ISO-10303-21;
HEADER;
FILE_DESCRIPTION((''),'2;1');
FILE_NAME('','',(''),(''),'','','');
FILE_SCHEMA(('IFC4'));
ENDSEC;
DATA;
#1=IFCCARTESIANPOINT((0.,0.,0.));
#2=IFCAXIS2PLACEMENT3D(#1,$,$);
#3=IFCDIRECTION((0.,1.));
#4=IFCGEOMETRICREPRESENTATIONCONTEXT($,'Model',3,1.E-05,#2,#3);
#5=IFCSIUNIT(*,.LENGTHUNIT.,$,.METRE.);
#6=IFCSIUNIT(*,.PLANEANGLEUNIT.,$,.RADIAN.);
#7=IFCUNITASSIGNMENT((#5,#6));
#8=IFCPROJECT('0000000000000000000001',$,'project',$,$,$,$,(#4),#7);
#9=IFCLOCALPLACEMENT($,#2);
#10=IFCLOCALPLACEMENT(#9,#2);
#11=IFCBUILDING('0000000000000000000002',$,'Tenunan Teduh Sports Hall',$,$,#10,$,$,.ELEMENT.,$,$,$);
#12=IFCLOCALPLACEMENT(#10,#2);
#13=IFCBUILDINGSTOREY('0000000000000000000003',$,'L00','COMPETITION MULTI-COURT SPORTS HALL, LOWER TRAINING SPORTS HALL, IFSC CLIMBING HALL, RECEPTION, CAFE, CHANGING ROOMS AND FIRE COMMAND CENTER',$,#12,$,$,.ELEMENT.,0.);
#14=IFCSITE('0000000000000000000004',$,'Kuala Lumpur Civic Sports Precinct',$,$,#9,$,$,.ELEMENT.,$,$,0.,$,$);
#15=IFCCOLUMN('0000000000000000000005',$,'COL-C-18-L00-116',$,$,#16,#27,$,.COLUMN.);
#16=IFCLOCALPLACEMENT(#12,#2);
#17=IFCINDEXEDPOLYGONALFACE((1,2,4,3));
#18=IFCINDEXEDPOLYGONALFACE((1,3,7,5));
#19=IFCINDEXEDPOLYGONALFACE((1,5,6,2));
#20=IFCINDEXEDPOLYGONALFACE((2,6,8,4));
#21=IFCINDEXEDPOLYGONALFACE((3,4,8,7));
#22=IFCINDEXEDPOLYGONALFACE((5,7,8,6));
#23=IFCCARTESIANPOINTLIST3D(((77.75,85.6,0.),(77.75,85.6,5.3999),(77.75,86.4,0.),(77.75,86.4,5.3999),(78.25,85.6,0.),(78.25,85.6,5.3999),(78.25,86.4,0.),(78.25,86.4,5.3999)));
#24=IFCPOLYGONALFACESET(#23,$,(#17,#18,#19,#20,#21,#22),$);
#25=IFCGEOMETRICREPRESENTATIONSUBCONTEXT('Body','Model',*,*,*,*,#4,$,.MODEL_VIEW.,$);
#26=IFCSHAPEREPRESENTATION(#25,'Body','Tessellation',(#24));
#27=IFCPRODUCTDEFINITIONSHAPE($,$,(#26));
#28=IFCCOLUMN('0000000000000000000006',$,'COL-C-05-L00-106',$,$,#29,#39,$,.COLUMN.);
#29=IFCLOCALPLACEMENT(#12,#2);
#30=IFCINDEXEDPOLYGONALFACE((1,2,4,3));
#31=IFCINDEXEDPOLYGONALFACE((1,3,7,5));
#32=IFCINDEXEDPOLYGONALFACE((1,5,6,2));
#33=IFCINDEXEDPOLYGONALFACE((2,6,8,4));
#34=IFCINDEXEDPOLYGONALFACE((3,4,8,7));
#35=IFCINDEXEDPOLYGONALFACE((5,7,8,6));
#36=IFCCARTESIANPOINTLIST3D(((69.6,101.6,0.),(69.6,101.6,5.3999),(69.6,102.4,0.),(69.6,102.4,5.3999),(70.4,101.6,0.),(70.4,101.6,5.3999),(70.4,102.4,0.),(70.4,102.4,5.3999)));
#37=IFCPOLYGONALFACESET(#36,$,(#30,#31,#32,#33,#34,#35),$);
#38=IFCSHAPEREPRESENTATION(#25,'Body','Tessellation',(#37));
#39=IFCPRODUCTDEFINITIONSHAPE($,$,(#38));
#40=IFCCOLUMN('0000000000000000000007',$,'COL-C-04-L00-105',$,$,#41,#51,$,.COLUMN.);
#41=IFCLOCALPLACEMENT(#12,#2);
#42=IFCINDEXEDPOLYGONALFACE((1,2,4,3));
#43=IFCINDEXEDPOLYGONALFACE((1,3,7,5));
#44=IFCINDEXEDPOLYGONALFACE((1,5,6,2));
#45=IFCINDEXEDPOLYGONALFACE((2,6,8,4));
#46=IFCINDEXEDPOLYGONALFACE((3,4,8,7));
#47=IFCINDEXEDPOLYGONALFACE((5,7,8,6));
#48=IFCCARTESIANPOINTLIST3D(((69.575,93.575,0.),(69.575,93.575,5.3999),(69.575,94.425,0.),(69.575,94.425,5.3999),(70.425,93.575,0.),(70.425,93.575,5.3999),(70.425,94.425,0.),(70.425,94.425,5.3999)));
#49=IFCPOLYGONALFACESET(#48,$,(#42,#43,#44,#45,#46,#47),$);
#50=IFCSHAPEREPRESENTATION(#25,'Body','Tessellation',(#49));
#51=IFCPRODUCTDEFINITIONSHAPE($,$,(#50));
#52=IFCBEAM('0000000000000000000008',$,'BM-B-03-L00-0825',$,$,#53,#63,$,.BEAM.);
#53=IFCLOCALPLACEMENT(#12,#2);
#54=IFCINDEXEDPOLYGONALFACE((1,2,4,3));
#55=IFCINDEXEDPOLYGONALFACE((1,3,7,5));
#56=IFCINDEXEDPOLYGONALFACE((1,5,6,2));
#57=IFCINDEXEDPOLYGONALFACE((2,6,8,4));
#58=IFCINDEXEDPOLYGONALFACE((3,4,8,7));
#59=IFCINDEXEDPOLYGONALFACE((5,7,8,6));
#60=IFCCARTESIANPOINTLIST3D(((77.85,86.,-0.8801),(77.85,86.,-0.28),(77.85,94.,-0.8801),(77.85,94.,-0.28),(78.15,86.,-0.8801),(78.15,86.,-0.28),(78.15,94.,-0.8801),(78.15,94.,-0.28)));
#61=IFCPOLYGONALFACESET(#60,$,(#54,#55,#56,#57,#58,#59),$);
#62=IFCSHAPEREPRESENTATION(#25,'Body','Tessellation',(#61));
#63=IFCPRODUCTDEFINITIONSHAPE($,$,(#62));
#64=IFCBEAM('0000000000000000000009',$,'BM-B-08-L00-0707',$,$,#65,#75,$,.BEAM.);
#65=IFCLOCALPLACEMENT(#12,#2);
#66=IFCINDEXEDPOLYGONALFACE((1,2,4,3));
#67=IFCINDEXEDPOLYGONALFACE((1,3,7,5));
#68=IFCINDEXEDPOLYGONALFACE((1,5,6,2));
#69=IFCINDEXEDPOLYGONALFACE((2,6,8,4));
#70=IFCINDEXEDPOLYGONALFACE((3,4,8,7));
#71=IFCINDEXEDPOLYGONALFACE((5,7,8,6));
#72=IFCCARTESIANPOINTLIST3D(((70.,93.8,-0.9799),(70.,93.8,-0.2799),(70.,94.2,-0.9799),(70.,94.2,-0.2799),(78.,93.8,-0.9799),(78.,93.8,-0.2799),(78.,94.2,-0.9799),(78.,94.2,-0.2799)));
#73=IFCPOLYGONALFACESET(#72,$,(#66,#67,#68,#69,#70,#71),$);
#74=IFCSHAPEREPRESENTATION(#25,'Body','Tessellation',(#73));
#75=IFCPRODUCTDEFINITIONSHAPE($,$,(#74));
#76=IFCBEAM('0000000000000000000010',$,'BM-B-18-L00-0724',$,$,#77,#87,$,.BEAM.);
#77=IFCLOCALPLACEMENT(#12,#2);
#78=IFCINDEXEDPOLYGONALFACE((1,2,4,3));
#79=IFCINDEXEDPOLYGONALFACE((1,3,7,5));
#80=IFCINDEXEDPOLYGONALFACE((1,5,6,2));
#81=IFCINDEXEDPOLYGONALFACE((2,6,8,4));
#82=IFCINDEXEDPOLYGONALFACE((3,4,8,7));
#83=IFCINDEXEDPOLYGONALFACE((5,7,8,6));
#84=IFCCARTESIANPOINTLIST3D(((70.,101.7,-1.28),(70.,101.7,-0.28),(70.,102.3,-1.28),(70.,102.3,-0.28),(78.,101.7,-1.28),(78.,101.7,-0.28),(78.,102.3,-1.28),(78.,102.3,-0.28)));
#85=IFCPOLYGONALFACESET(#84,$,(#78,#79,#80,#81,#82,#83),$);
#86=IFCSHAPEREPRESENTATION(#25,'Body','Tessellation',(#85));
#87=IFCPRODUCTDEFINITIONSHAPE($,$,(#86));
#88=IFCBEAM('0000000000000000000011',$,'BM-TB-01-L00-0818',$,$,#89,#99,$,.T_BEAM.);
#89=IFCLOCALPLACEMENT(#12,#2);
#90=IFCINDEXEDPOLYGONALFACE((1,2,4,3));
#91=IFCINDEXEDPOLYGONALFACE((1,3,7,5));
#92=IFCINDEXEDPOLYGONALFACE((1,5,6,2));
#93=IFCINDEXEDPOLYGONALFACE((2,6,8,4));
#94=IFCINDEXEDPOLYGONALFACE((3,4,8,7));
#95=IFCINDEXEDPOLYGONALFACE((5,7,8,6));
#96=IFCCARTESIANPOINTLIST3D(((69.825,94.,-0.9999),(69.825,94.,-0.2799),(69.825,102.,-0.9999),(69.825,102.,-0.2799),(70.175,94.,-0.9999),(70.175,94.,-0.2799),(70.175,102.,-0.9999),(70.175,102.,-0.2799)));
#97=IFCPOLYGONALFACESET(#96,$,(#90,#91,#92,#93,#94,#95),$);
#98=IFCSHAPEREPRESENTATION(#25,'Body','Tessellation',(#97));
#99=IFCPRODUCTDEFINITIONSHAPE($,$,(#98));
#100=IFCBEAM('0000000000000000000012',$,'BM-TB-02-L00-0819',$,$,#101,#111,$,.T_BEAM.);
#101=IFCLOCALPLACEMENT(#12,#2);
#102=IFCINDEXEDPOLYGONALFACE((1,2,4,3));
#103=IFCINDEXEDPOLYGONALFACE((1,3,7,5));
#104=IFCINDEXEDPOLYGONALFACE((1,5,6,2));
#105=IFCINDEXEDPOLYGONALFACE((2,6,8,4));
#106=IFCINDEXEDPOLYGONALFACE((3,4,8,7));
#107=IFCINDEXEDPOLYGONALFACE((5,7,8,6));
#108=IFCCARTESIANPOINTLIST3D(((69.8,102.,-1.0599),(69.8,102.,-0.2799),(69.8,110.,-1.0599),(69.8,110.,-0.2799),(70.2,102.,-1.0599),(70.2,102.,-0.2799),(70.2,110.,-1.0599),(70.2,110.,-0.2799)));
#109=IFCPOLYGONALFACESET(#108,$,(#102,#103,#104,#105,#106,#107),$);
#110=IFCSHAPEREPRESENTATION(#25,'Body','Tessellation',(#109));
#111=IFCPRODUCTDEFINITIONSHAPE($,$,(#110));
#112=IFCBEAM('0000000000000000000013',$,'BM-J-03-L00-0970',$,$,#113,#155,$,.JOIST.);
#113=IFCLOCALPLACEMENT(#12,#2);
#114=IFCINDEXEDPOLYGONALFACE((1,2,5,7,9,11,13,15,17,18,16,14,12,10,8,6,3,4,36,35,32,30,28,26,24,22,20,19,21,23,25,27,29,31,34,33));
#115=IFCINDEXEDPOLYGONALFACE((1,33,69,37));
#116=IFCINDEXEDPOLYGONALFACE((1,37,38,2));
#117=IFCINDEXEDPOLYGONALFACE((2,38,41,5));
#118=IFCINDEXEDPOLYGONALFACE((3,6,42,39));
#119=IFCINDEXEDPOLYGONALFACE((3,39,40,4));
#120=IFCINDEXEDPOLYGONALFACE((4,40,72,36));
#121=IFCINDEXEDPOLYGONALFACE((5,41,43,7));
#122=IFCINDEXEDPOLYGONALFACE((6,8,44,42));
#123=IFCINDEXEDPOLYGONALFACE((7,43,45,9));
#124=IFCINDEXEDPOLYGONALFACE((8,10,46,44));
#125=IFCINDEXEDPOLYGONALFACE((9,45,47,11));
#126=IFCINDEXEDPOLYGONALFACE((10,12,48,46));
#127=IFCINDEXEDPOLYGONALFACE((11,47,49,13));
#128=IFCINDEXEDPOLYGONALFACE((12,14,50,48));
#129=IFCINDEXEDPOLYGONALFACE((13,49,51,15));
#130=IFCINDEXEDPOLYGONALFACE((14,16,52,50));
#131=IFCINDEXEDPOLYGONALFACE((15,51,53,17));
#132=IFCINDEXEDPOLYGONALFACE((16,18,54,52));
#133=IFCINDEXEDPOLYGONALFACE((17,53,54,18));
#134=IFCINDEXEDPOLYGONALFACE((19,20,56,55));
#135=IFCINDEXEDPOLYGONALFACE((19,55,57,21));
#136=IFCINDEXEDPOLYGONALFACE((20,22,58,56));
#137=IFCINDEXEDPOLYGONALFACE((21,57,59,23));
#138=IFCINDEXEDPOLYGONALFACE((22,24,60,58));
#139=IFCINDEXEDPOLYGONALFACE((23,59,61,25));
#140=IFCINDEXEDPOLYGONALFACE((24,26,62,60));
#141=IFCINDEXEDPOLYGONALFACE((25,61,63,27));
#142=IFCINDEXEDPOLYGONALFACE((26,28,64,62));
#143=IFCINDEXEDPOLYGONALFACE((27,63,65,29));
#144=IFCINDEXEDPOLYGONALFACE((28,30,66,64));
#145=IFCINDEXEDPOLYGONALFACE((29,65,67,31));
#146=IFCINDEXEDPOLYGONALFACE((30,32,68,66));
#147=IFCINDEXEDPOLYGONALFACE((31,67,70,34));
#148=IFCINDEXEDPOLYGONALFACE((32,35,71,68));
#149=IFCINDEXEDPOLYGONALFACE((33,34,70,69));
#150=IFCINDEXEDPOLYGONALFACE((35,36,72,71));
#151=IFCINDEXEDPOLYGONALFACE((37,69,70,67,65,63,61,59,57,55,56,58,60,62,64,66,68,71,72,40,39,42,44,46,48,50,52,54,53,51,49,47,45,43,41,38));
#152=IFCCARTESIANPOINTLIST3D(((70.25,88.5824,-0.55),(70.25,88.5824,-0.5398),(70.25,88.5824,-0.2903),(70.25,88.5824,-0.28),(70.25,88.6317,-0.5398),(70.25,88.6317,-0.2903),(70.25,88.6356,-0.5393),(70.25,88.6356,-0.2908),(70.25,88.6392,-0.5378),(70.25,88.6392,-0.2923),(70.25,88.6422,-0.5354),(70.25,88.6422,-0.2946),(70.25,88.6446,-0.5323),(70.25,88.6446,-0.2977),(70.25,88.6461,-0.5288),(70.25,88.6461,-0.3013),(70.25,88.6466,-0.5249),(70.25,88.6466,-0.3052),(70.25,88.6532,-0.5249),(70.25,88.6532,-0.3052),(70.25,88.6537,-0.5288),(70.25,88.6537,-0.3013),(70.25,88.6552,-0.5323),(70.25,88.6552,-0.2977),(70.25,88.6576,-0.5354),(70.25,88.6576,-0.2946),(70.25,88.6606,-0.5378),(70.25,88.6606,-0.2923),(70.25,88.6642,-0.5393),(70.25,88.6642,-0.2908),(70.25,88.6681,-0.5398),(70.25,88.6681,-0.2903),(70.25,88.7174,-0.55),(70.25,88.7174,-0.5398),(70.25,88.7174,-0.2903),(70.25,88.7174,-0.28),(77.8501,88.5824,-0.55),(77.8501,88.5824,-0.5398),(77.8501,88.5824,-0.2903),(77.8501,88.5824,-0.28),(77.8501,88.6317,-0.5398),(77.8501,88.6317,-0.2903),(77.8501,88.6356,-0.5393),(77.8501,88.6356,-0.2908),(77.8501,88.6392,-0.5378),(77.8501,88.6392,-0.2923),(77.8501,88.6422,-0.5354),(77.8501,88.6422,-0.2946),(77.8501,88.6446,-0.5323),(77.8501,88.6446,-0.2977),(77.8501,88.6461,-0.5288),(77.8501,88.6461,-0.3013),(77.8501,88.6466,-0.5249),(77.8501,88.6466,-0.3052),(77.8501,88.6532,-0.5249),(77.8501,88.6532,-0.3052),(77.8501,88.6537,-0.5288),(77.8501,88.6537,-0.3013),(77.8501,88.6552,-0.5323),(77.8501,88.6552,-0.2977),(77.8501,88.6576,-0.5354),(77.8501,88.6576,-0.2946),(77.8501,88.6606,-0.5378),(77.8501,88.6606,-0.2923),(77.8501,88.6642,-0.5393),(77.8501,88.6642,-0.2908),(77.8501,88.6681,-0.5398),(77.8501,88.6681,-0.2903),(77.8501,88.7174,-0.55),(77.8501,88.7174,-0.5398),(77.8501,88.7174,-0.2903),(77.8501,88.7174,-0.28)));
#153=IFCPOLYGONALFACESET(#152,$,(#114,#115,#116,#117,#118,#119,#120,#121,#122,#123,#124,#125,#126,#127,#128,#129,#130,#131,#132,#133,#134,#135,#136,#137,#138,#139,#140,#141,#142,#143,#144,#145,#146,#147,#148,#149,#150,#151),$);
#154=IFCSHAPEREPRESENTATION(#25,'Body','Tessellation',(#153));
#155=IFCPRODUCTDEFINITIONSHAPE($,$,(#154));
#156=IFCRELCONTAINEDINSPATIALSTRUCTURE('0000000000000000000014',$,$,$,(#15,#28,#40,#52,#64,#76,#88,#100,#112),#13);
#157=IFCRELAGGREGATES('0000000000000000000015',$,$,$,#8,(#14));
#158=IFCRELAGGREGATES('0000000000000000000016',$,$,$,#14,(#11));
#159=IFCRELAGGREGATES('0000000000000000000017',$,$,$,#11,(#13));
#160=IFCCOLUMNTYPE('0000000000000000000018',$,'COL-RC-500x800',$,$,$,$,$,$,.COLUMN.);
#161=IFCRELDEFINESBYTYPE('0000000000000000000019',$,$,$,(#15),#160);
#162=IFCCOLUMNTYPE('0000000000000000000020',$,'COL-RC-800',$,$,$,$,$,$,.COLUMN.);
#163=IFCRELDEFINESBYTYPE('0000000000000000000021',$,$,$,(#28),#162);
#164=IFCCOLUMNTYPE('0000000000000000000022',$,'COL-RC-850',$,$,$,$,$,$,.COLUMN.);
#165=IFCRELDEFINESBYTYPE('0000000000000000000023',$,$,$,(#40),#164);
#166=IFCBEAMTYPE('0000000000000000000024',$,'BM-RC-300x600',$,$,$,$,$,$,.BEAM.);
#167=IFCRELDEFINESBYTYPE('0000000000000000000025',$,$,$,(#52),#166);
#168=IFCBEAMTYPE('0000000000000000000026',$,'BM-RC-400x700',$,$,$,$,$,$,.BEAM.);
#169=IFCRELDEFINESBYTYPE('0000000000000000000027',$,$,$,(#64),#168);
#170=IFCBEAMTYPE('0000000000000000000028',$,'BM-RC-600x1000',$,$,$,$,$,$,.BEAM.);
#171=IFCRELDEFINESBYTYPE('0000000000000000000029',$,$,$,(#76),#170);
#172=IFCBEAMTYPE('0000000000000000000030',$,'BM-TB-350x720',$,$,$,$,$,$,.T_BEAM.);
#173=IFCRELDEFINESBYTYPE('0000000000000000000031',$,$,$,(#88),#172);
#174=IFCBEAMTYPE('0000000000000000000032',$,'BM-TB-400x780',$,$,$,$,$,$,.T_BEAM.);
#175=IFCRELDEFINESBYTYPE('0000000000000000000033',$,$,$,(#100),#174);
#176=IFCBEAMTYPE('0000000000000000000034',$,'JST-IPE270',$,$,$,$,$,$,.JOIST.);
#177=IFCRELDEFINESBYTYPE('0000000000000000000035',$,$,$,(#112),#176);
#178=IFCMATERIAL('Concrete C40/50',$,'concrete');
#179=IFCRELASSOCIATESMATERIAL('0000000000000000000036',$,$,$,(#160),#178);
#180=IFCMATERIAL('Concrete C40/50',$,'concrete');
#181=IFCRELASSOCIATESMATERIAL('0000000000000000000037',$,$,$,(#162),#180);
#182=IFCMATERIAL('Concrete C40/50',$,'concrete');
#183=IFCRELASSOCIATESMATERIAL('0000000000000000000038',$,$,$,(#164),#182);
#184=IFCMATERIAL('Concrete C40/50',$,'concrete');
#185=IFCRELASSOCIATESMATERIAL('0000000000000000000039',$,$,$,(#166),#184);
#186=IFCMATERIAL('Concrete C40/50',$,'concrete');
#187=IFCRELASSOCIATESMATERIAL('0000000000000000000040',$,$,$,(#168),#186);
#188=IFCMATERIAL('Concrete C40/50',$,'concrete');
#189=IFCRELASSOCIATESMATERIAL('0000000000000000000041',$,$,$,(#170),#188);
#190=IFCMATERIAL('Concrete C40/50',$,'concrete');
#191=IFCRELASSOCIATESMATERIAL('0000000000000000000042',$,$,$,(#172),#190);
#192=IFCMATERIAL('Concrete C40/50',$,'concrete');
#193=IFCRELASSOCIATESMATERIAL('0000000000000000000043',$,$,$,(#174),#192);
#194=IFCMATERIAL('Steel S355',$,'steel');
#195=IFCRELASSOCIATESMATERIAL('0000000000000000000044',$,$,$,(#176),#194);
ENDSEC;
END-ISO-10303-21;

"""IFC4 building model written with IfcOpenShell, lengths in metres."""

from ifc_helpers import new_model, si_unit, direction, frame, origin, origin_2d, place, context, subcontext, project, spatial, rectangle, i_section, extrude, material, material_profile, profile_set, type_object, element, save


model = new_model("IFC4")

# Units and contexts
model_context = context("Model", 3, precision=1e-05, world=origin(), true_north=direction((0.0, 1.0)))
body_context = subcontext(model_context, "Body", "Model", "MODEL_VIEW")
ifc_project = project(units=[si_unit("LENGTHUNIT", "METRE"), si_unit("PLANEANGLEUNIT", "RADIAN")], contexts=[model_context])

# Site, building, storey
site_placement = place(None, origin())
site = spatial("IfcSite", under=ifc_project, at=site_placement, Name="Kuala Lumpur Civic Sports Precinct", CompositionType="ELEMENT", RefElevation=0.0)
building_placement = place(site_placement, origin())
building = spatial("IfcBuilding", under=site, at=building_placement, Name="Tenunan Teduh Sports Hall", CompositionType="ELEMENT")
storey_placement = place(building_placement, origin())
storey = spatial("IfcBuildingStorey", under=building, at=storey_placement, Name="L00", Description="COMPETITION MULTI-COURT SPORTS HALL, LOWER TRAINING SPORTS HALL, IFSC CLIMBING HALL, RECEPTION, CAFE, CHANGING ROOMS AND FIRE COMMAND CENTER", CompositionType="ELEMENT", Elevation=0.0)

# Columns
ifc_material_1 = material(Name="Concrete C40/50", Category="concrete")
ifc_material_profile_1 = material_profile(ifc_material_1, rectangle(XDim=0.5, YDim=0.8, at=origin_2d()), Name="RC 500x800")
ifc_profile_set_1 = profile_set([ifc_material_profile_1], Name="Concrete C40/50")
column_type_1 = type_object("IfcColumnType", Name="COL-RC-500x800", PredefinedType="COLUMN", material=ifc_profile_set_1)
column_1_placement = place(storey_placement, frame((78.0, 86.0, 0.0), z_axis=(0.0, 0.0, 1.0), x_axis=(1.0, 0.0, 0.0)))
element("IfcColumn", 1, at=column_1_placement, inside=storey, type_object=column_type_1, Name="COL-C-18-L00-116", PredefinedType="COLUMN", context=body_context, shape_type="SweptSolid", body=[
    extrude(rectangle(XDim=0.5, YDim=0.8, at=origin_2d()), origin(), (0.0, 0.0, 1.0), 5.3999),
])
ifc_material_2 = material(Name="Concrete C40/50", Category="concrete")
ifc_material_profile_2 = material_profile(ifc_material_2, rectangle(XDim=0.8, YDim=0.8, at=origin_2d()), Name="RC 800x800")
ifc_profile_set_2 = profile_set([ifc_material_profile_2], Name="Concrete C40/50")
column_type_2 = type_object("IfcColumnType", Name="COL-RC-800", PredefinedType="COLUMN", material=ifc_profile_set_2)
column_2_placement = place(storey_placement, frame((70.0, 102.0, 0.0), z_axis=(0.0, 0.0, 1.0), x_axis=(1.0, 0.0, 0.0)))
element("IfcColumn", 2, at=column_2_placement, inside=storey, type_object=column_type_2, Name="COL-C-05-L00-106", PredefinedType="COLUMN", context=body_context, shape_type="SweptSolid", body=[
    extrude(rectangle(XDim=0.8, YDim=0.8, at=origin_2d()), origin(), (0.0, 0.0, 1.0), 5.3999),
])
ifc_material_3 = material(Name="Concrete C40/50", Category="concrete")
ifc_material_profile_3 = material_profile(ifc_material_3, rectangle(XDim=0.8501, YDim=0.8501, at=origin_2d()), Name="RC 850x850")
ifc_profile_set_3 = profile_set([ifc_material_profile_3], Name="Concrete C40/50")
column_type_3 = type_object("IfcColumnType", Name="COL-RC-850", PredefinedType="COLUMN", material=ifc_profile_set_3)
column_3_placement = place(storey_placement, frame((70.0, 94.0, 0.0), z_axis=(0.0, 0.0, 1.0), x_axis=(1.0, 0.0, 0.0)))
element("IfcColumn", 3, at=column_3_placement, inside=storey, type_object=column_type_3, Name="COL-C-04-L00-105", PredefinedType="COLUMN", context=body_context, shape_type="SweptSolid", body=[
    extrude(rectangle(XDim=0.8501, YDim=0.8501, at=origin_2d()), origin(), (0.0, 0.0, 1.0), 5.3999),
])

# Beams
ifc_material_4 = material(Name="Concrete C40/50", Category="concrete")
ifc_material_profile_4 = material_profile(ifc_material_4, rectangle(XDim=0.3, YDim=0.6001, at=origin_2d()), Name="RCB 300x600")
ifc_profile_set_4 = profile_set([ifc_material_profile_4], Name="Concrete C40/50")
beam_type_1 = type_object("IfcBeamType", Name="BM-RC-300x600", PredefinedType="BEAM", material=ifc_profile_set_4)
beam_1_placement = place(storey_placement, frame((78.0, 86.0, -0.5801), z_axis=(0.0, 1.0, 0.0), x_axis=(-1.0, 0.0, 0.0)))
element("IfcBeam", 4, at=beam_1_placement, inside=storey, type_object=beam_type_1, Name="BM-B-03-L00-0825", PredefinedType="BEAM", context=body_context, shape_type="SweptSolid", body=[
    extrude(rectangle(XDim=0.3, YDim=0.6001, at=origin_2d()), origin(), (0.0, 0.0, 1.0), 8.0),
])
ifc_material_5 = material(Name="Concrete C40/50", Category="concrete")
ifc_material_profile_5 = material_profile(ifc_material_5, rectangle(XDim=0.3999, YDim=0.7, at=origin_2d()), Name="RCB 400x700")
ifc_profile_set_5 = profile_set([ifc_material_profile_5], Name="Concrete C40/50")
beam_type_2 = type_object("IfcBeamType", Name="BM-RC-400x700", PredefinedType="BEAM", material=ifc_profile_set_5)
beam_2_placement = place(storey_placement, frame((70.0, 94.0, -0.6299), z_axis=(1.0, 0.0, 0.0), x_axis=(0.0, 1.0, 0.0)))
element("IfcBeam", 5, at=beam_2_placement, inside=storey, type_object=beam_type_2, Name="BM-B-08-L00-0707", PredefinedType="BEAM", context=body_context, shape_type="SweptSolid", body=[
    extrude(rectangle(XDim=0.3999, YDim=0.7, at=origin_2d()), origin(), (0.0, 0.0, 1.0), 8.0),
])
ifc_material_6 = material(Name="Concrete C40/50", Category="concrete")
ifc_material_profile_6 = material_profile(ifc_material_6, rectangle(XDim=0.6001, YDim=1.0, at=origin_2d()), Name="RCB 600x1000")
ifc_profile_set_6 = profile_set([ifc_material_profile_6], Name="Concrete C40/50")
beam_type_3 = type_object("IfcBeamType", Name="BM-RC-600x1000", PredefinedType="BEAM", material=ifc_profile_set_6)
beam_3_placement = place(storey_placement, frame((70.0, 102.0, -0.78), z_axis=(1.0, 0.0, 0.0), x_axis=(0.0, 1.0, 0.0)))
element("IfcBeam", 6, at=beam_3_placement, inside=storey, type_object=beam_type_3, Name="BM-B-18-L00-0724", PredefinedType="BEAM", context=body_context, shape_type="SweptSolid", body=[
    extrude(rectangle(XDim=0.6001, YDim=1.0, at=origin_2d()), origin(), (0.0, 0.0, 1.0), 8.0),
])
ifc_material_7 = material(Name="Concrete C40/50", Category="concrete")
ifc_material_profile_7 = material_profile(ifc_material_7, rectangle(XDim=0.3501, YDim=0.72, at=origin_2d()), Name="TB 350x720")
ifc_profile_set_7 = profile_set([ifc_material_profile_7], Name="Concrete C40/50")
beam_type_4 = type_object("IfcBeamType", Name="BM-TB-350x720", PredefinedType="T_BEAM", material=ifc_profile_set_7)
beam_4_placement = place(storey_placement, frame((70.0, 94.0, -0.6399), z_axis=(0.0, 1.0, 0.0), x_axis=(-1.0, 0.0, 0.0)))
element("IfcBeam", 7, at=beam_4_placement, inside=storey, type_object=beam_type_4, Name="BM-TB-01-L00-0818", PredefinedType="T_BEAM", context=body_context, shape_type="SweptSolid", body=[
    extrude(rectangle(XDim=0.3501, YDim=0.72, at=origin_2d()), origin(), (0.0, 0.0, 1.0), 8.0),
])
ifc_material_8 = material(Name="Concrete C40/50", Category="concrete")
ifc_material_profile_8 = material_profile(ifc_material_8, rectangle(XDim=0.3999, YDim=0.78, at=origin_2d()), Name="TB 400x780")
ifc_profile_set_8 = profile_set([ifc_material_profile_8], Name="Concrete C40/50")
beam_type_5 = type_object("IfcBeamType", Name="BM-TB-400x780", PredefinedType="T_BEAM", material=ifc_profile_set_8)
beam_5_placement = place(storey_placement, frame((70.0, 102.0, -0.6699), z_axis=(0.0, 1.0, 0.0), x_axis=(-1.0, 0.0, 0.0)))
element("IfcBeam", 8, at=beam_5_placement, inside=storey, type_object=beam_type_5, Name="BM-TB-02-L00-0819", PredefinedType="T_BEAM", context=body_context, shape_type="SweptSolid", body=[
    extrude(rectangle(XDim=0.3999, YDim=0.78, at=origin_2d()), origin(), (0.0, 0.0, 1.0), 8.0),
])
ifc_material_9 = material(Name="Steel S355", Category="steel")
ifc_material_profile_9 = material_profile(ifc_material_9, i_section(OverallWidth=0.135, OverallDepth=0.27, WebThickness=0.0066, FlangeThickness=0.0103, FilletRadius=0.0149, at=origin_2d()), Name="IPE 270")
ifc_profile_set_9 = profile_set([ifc_material_profile_9], Name="Steel S355")
beam_type_6 = type_object("IfcBeamType", Name="JST-IPE270", PredefinedType="JOIST", material=ifc_profile_set_9)
beam_6_placement = place(storey_placement, frame((70.25, 88.6499, -0.415), z_axis=(1.0, 0.0, 0.0), x_axis=(0.0, 1.0, 0.0)))
element("IfcBeam", 9, at=beam_6_placement, inside=storey, type_object=beam_type_6, Name="BM-J-03-L00-0970", PredefinedType="JOIST", context=body_context, shape_type="SweptSolid", body=[
    extrude(i_section(OverallWidth=0.135, OverallDepth=0.27, WebThickness=0.0066, FlangeThickness=0.0103, FilletRadius=0.0149, at=origin_2d()), origin(), (0.0, 0.0, 1.0), 7.6001),
])

save(model, "model.ifc")
